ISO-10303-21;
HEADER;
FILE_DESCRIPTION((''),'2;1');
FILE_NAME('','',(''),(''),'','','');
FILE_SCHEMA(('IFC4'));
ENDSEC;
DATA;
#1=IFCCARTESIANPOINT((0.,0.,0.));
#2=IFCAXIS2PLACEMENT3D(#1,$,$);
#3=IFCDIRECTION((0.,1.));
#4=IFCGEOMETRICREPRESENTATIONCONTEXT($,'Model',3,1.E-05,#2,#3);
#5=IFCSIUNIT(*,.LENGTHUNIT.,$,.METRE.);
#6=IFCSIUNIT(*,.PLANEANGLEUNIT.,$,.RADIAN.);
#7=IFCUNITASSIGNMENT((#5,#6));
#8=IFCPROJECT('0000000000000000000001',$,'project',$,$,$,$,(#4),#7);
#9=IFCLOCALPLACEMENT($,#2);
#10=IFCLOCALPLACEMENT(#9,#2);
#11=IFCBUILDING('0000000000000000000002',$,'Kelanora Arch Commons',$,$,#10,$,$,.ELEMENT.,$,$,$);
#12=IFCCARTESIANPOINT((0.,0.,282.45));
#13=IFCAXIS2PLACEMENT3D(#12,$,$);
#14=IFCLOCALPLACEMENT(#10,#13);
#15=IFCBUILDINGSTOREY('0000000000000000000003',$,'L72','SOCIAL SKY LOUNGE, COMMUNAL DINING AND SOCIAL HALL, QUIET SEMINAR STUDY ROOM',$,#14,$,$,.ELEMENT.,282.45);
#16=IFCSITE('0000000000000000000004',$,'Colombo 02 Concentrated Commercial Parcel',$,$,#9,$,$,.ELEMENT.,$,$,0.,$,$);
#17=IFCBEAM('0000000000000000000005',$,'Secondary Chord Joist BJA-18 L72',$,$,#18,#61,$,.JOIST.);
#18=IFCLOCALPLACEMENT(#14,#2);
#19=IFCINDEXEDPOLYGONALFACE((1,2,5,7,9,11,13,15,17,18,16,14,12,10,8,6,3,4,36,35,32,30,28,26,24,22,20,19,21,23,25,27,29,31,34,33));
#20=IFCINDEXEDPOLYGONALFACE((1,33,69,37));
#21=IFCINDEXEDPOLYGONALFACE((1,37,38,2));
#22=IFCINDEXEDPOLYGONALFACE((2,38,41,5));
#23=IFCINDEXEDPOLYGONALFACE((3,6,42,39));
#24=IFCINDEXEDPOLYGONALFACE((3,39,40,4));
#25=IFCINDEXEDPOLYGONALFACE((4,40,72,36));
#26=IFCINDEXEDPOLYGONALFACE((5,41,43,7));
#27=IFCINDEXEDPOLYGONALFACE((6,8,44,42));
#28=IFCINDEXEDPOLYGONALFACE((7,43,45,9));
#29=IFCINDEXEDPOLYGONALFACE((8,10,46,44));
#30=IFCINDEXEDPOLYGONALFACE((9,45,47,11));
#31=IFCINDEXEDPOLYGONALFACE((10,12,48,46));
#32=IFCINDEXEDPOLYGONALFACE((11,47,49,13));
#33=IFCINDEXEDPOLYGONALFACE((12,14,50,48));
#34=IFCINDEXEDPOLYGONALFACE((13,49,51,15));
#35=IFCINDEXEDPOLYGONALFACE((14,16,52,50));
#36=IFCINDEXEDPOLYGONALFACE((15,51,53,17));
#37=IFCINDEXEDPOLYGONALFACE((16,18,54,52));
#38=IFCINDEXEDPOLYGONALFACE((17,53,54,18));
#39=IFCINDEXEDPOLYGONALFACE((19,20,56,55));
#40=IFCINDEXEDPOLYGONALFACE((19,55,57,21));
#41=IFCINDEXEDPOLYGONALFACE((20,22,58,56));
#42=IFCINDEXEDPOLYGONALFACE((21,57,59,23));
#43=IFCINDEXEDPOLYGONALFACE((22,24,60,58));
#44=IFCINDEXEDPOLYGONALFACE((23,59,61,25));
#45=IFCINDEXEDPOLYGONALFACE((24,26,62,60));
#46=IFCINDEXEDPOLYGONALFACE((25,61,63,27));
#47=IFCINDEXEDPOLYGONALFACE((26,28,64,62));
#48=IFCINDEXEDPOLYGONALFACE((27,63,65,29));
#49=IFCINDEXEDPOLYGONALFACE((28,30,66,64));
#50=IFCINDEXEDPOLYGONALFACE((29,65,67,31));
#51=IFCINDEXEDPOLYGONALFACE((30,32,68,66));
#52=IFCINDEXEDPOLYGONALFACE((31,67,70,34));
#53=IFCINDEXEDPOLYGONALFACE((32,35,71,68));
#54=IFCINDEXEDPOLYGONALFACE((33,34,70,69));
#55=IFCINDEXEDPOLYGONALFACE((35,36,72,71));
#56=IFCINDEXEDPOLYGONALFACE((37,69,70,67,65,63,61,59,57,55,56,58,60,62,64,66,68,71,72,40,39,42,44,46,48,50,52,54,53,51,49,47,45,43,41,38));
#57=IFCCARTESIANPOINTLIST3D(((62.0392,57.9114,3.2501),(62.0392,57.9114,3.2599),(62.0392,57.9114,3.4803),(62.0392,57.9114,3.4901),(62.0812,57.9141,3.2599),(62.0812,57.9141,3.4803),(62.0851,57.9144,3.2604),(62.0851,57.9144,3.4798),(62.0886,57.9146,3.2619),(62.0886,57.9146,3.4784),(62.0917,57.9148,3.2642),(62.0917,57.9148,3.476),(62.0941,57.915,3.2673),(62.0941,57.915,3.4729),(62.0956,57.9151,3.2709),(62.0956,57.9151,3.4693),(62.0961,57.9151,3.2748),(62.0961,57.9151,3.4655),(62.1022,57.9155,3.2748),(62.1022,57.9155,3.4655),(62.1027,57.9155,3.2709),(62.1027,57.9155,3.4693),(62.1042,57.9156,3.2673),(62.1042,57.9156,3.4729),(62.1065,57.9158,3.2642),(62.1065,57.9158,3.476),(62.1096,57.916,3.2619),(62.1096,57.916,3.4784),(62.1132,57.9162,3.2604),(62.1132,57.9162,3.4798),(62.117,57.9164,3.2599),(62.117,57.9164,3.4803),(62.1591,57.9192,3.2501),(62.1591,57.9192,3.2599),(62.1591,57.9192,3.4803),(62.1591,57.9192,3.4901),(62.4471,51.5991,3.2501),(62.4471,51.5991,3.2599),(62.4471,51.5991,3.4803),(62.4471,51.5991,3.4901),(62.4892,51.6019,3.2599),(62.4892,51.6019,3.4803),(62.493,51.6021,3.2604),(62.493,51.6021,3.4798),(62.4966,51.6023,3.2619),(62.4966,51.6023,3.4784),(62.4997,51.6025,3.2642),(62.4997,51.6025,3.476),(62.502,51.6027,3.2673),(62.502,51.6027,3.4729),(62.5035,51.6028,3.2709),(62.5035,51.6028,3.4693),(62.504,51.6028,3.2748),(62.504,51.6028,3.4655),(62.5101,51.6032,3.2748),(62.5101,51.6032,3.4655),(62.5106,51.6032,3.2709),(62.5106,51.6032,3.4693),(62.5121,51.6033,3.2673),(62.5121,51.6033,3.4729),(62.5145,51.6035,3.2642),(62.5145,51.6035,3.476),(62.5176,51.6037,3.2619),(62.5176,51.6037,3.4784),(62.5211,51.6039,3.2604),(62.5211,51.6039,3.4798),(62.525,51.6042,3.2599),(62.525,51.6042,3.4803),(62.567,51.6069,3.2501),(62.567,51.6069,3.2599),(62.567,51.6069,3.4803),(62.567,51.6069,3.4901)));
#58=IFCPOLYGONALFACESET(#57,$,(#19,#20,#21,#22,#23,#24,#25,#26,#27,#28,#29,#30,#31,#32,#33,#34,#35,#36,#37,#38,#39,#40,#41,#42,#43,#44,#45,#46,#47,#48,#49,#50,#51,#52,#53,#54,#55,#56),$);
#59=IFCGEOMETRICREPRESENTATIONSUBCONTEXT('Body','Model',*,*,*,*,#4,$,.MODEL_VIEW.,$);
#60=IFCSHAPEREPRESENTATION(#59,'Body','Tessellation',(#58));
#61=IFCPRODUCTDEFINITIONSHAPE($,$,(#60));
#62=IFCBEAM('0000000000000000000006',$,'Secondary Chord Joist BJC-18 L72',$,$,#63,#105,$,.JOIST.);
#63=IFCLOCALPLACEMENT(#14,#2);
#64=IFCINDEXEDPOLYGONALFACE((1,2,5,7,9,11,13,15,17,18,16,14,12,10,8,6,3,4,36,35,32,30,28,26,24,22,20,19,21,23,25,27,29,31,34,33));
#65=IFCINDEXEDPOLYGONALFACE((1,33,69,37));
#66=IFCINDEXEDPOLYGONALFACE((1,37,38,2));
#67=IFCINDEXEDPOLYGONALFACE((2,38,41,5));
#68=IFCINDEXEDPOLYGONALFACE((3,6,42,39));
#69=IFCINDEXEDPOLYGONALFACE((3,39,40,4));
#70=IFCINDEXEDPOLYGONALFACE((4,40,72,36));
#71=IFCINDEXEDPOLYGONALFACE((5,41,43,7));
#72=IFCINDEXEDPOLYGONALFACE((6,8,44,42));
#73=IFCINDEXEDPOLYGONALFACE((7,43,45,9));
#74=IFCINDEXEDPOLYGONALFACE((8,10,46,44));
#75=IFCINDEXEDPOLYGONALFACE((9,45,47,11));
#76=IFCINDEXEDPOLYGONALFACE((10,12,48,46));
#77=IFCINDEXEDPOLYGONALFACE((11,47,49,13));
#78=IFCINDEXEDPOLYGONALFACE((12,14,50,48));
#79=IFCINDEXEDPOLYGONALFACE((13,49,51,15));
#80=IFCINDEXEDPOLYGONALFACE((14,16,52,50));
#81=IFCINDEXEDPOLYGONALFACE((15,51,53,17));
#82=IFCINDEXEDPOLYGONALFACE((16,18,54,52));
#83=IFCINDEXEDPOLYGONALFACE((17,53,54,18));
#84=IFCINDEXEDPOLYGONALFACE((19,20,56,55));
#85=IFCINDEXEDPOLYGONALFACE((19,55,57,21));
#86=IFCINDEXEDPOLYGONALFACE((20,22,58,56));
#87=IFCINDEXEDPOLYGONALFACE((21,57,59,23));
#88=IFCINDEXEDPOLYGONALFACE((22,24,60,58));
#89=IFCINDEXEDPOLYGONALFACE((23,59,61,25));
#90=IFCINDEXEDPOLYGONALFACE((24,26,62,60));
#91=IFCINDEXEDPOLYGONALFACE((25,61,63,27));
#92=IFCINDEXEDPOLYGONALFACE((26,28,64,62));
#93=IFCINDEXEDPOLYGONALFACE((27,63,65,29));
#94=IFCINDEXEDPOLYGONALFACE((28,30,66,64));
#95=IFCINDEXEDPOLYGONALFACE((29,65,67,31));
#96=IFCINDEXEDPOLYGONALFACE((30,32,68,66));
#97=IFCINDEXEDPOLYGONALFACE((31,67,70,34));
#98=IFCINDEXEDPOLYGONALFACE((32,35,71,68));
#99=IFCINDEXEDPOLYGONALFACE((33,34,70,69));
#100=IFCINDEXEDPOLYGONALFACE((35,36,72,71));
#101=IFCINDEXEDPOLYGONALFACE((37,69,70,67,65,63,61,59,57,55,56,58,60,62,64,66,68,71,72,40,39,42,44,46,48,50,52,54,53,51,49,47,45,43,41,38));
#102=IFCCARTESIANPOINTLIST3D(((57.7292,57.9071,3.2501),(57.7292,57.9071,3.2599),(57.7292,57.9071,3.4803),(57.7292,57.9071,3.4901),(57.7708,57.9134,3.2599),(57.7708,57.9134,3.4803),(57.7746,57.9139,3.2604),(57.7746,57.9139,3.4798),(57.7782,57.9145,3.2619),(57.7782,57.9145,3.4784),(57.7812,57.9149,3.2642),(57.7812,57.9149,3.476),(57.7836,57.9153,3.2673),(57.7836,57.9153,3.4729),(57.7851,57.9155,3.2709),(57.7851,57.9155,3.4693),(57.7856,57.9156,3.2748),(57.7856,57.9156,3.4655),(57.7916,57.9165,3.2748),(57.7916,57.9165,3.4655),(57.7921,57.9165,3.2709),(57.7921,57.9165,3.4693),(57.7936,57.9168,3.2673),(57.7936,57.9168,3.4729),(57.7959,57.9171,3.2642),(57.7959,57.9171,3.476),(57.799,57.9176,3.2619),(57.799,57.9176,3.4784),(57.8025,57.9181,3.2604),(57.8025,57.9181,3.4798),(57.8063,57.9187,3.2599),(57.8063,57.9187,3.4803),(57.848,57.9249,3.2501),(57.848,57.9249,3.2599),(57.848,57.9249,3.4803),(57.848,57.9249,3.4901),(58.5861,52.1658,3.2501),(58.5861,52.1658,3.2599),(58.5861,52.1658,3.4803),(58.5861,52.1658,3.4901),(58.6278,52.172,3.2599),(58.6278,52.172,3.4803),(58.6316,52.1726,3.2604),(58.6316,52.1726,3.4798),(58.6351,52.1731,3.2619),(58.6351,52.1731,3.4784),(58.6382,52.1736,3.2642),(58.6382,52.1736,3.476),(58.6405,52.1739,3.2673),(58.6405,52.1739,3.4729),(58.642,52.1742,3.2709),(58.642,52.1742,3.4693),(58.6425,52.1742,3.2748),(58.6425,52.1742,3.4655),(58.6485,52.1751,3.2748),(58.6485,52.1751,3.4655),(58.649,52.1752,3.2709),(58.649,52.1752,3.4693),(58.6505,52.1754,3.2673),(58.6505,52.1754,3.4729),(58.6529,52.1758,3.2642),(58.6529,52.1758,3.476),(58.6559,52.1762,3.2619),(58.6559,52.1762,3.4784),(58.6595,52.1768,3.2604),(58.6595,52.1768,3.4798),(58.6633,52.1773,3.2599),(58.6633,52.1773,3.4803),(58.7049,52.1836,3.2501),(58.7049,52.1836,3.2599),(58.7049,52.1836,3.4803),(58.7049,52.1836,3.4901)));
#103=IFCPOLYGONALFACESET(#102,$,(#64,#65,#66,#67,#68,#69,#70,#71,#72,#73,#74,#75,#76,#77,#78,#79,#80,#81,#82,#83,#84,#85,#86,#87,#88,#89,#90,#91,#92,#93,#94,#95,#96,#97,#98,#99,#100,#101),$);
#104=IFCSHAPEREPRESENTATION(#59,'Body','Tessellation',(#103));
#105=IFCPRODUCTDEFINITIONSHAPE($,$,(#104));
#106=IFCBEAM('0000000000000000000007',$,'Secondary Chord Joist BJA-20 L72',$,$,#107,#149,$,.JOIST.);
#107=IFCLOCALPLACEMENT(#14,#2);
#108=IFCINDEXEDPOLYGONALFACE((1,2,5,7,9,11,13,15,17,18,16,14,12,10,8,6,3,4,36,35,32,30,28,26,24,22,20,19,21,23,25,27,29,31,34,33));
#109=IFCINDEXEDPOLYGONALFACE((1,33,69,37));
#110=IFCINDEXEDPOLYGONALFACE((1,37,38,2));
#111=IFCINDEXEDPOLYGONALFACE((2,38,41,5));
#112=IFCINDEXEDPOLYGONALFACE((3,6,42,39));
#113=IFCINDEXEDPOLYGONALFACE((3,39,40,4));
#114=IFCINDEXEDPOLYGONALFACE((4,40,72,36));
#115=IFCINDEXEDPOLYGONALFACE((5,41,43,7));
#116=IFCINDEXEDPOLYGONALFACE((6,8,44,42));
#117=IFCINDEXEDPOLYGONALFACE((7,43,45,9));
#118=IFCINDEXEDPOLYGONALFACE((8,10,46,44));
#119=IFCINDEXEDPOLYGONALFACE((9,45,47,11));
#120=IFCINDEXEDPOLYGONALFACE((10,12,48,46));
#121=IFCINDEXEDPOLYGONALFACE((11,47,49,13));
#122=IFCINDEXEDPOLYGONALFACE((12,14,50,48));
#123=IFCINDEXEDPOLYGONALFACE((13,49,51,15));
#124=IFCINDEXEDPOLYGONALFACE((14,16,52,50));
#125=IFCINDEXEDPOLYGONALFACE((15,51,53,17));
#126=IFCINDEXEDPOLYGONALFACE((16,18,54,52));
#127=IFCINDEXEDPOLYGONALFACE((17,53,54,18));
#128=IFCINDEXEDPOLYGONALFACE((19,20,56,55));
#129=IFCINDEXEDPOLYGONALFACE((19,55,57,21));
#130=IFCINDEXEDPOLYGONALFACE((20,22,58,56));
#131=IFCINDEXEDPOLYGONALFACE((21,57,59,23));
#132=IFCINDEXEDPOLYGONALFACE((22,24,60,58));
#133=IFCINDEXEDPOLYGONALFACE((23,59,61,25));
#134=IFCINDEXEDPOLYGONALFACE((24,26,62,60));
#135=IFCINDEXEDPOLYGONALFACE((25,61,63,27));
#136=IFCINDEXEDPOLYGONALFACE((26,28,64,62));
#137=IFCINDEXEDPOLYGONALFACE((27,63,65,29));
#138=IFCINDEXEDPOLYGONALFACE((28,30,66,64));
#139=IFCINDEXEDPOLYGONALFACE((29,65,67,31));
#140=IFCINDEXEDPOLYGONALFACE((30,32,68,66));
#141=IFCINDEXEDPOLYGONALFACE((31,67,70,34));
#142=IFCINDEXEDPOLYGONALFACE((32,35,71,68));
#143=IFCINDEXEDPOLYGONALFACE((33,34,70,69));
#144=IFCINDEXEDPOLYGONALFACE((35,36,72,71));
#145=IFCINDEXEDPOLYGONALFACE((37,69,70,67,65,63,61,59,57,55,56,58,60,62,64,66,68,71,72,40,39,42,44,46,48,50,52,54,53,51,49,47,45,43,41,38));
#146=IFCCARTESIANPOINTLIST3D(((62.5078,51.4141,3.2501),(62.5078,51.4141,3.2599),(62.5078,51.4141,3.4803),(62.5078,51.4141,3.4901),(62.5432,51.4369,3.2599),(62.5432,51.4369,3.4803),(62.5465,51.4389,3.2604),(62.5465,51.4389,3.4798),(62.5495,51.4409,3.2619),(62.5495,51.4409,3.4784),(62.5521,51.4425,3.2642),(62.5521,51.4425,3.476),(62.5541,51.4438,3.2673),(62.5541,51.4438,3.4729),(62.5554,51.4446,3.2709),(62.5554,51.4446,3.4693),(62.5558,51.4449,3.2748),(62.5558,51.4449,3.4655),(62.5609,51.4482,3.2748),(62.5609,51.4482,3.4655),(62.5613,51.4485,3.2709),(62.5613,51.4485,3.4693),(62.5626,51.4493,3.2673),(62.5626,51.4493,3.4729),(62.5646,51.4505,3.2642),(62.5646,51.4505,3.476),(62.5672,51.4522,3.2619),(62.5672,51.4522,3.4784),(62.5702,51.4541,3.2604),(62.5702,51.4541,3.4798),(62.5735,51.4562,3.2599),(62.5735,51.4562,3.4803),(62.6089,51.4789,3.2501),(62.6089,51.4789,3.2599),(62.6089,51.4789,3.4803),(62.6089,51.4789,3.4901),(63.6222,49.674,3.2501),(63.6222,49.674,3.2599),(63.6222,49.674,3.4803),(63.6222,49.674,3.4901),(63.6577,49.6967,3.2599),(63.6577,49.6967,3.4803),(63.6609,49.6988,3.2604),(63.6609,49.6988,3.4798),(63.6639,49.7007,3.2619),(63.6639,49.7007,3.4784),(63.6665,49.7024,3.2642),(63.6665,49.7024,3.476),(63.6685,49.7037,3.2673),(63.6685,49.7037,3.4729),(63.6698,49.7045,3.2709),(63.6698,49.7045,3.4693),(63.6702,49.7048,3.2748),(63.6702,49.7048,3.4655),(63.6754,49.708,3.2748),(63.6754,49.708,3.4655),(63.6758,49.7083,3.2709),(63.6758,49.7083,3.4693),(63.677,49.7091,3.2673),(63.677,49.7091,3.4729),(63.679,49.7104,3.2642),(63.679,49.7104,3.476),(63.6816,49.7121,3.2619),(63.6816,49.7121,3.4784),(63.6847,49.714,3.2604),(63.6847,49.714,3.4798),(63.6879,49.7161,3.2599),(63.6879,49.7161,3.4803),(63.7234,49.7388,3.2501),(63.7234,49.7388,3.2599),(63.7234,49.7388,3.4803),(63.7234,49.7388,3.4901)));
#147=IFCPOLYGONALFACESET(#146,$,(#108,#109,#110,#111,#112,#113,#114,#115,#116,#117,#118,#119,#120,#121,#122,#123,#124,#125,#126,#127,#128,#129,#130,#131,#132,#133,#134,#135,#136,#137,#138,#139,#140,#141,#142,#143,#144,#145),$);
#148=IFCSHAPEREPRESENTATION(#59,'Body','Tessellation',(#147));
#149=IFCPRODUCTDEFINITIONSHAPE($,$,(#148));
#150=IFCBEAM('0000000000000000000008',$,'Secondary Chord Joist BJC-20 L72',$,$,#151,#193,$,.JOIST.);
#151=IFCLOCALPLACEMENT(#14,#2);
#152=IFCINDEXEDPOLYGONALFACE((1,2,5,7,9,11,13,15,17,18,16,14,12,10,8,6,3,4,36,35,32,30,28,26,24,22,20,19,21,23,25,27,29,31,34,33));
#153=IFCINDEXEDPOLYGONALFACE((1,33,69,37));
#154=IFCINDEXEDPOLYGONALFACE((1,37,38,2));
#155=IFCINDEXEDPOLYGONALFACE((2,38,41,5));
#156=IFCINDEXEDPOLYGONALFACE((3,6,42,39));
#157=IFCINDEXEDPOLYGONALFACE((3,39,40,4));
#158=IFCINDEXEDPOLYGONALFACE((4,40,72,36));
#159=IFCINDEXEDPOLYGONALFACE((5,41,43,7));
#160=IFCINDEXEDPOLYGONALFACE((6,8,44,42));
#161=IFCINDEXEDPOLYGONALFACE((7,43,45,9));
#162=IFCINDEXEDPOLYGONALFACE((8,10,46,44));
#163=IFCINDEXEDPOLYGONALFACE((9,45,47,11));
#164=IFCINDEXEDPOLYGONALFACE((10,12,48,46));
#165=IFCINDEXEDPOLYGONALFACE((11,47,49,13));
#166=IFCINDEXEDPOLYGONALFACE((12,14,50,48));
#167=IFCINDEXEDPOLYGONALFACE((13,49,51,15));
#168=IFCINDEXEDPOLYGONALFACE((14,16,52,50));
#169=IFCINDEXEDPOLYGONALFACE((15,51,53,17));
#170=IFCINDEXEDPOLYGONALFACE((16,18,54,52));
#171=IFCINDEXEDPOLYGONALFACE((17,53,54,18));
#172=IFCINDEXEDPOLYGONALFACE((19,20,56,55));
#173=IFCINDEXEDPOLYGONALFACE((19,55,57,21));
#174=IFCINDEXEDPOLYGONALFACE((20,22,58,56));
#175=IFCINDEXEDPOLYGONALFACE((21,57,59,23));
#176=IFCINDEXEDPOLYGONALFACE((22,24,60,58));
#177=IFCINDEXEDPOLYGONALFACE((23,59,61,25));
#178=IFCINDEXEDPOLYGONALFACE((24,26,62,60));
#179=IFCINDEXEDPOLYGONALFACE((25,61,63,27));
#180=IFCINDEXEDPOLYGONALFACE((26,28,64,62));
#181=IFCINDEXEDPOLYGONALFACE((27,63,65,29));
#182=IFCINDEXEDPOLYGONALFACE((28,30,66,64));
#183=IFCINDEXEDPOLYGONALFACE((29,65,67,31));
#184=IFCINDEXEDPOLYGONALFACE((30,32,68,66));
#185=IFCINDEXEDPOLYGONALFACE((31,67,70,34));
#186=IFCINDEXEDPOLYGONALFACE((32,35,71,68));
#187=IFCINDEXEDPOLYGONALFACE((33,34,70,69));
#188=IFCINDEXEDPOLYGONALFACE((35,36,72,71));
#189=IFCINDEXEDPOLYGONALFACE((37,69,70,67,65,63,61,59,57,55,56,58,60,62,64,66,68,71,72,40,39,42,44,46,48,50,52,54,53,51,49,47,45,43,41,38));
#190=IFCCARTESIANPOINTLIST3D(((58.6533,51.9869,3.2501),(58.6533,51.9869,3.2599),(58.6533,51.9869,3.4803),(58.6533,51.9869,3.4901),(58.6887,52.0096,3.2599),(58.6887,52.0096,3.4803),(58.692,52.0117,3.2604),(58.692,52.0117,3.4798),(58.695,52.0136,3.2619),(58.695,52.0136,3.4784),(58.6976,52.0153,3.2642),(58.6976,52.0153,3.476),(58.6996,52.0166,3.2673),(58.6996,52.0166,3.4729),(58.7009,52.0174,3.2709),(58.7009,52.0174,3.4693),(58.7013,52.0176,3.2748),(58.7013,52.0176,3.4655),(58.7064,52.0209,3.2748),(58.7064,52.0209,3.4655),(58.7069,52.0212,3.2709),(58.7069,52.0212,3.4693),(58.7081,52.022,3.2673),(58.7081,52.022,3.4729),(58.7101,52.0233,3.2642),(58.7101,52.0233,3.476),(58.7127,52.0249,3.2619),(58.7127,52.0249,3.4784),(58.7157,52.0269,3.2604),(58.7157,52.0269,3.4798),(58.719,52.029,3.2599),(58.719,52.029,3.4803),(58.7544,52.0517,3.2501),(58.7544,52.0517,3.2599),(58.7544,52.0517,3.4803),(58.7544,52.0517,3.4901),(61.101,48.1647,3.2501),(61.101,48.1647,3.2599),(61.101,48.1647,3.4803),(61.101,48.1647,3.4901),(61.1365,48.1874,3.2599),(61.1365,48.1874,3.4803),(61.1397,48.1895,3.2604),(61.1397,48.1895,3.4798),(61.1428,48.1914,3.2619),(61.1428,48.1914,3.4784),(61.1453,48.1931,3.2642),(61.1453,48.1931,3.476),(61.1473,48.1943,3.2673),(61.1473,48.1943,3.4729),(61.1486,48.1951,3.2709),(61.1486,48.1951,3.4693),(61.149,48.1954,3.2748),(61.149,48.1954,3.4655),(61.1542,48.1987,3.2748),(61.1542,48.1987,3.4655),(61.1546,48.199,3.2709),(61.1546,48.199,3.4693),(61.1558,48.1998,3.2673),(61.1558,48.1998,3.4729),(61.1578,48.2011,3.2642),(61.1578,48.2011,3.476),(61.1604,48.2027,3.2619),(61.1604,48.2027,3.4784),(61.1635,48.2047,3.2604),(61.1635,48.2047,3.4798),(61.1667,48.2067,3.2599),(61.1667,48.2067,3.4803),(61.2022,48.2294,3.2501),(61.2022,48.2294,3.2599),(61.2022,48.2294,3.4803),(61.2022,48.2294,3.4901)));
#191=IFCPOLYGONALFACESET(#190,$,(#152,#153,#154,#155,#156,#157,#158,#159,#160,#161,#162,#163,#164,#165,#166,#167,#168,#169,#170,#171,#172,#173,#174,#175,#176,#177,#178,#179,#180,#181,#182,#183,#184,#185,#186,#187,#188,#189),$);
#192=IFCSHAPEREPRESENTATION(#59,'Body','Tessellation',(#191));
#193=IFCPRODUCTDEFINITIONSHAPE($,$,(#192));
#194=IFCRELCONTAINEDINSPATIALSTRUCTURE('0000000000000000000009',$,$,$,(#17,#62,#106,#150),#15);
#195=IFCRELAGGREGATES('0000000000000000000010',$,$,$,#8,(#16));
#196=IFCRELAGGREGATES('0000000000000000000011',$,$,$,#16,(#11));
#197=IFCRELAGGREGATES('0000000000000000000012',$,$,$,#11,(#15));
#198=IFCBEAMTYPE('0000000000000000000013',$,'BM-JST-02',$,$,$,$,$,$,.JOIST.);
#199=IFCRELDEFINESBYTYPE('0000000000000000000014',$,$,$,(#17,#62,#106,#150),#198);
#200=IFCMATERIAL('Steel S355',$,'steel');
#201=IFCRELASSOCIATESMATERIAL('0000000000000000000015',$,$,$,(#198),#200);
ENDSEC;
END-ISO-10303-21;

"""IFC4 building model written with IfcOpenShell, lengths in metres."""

from ifc_helpers import new_model, si_unit, direction, frame, origin, origin_2d, place, context, subcontext, project, spatial, i_section, extrude, material, material_profile, profile_set, type_object, element, save


model = new_model("IFC4")

# Units and contexts
model_context = context("Model", 3, precision=1e-05, world=origin(), true_north=direction((0.0, 1.0)))
body_context = subcontext(model_context, "Body", "Model", "MODEL_VIEW")
ifc_project = project(units=[si_unit("LENGTHUNIT", "METRE"), si_unit("PLANEANGLEUNIT", "RADIAN")], contexts=[model_context])

# Site, building, storey
site_placement = place(None, origin())
site = spatial("IfcSite", under=ifc_project, at=site_placement, Name="Colombo 02 Concentrated Commercial Parcel", CompositionType="ELEMENT", RefElevation=0.0)
building_placement = place(site_placement, origin())
building = spatial("IfcBuilding", under=site, at=building_placement, Name="Kelanora Arch Commons", CompositionType="ELEMENT")
storey_placement = place(building_placement, frame((0.0, 0.0, 282.45)))
storey = spatial("IfcBuildingStorey", under=building, at=storey_placement, Name="L72", Description="SOCIAL SKY LOUNGE, COMMUNAL DINING AND SOCIAL HALL, QUIET SEMINAR STUDY ROOM", CompositionType="ELEMENT", Elevation=282.45)

# Beams
ifc_material_1 = material(Name="Steel S355", Category="steel")
ifc_material_profile_1 = material_profile(ifc_material_1, i_section(OverallWidth=0.1201, OverallDepth=0.24, WebThickness=0.0061, FlangeThickness=0.0098, FilletRadius=0.0149, at=origin_2d()), Name="IPE240")
ifc_profile_set_1 = profile_set([ifc_material_profile_1], Name="Steel S355")
beam_type_1 = type_object("IfcBeamType", Name="BM-JST-02", PredefinedType="JOIST", material=ifc_profile_set_1)
beam_1_placement = place(storey_placement, frame((62.0991, 57.9153, 3.3701), z_axis=(0.064495, -0.997918, 0.0), x_axis=(0.997918, 0.064495, 0.0)))
element("IfcBeam", 1, at=beam_1_placement, inside=storey, type_object=beam_type_1, Name="Secondary Chord Joist BJA-18 L72", PredefinedType="JOIST", context=body_context, shape_type="SweptSolid", body=[
    extrude(i_section(OverallWidth=0.1201, OverallDepth=0.24, WebThickness=0.0061, FlangeThickness=0.0098, FilletRadius=0.0149, at=origin_2d()), origin(), (0.0, 0.0, 1.0), 6.3254),
])
beam_2_placement = place(storey_placement, frame((57.7886, 57.916, 3.3701), z_axis=(0.147625, -0.989043, 0.0), x_axis=(0.989043, 0.147625, 0.0)))
element("IfcBeam", 2, at=beam_2_placement, inside=storey, type_object=beam_type_1, Name="Secondary Chord Joist BJC-18 L72", PredefinedType="JOIST", context=body_context, shape_type="SweptSolid", body=[
    extrude(i_section(OverallWidth=0.1201, OverallDepth=0.24, WebThickness=0.0061, FlangeThickness=0.0098, FilletRadius=0.0149, at=origin_2d()), origin(), (0.0, 0.0, 1.0), 5.8049),
])
beam_3_placement = place(storey_placement, frame((62.5583, 51.4465, 3.3701), z_axis=(0.539312, -0.842106, 0.0), x_axis=(0.842106, 0.539312, 0.0)))
element("IfcBeam", 3, at=beam_3_placement, inside=storey, type_object=beam_type_1, Name="Secondary Chord Joist BJA-20 L72", PredefinedType="JOIST", context=body_context, shape_type="SweptSolid", body=[
    extrude(i_section(OverallWidth=0.1201, OverallDepth=0.24, WebThickness=0.0061, FlangeThickness=0.0098, FilletRadius=0.0149, at=origin_2d()), origin(), (0.0, 0.0, 1.0), 2.0664),
])
beam_4_placement = place(storey_placement, frame((58.7039, 52.0193, 3.3701), z_axis=(0.539289, -0.842121, 0.0), x_axis=(0.842121, 0.539289, 0.0)))
element("IfcBeam", 4, at=beam_4_placement, inside=storey, type_object=beam_type_1, Name="Secondary Chord Joist BJC-20 L72", PredefinedType="JOIST", context=body_context, shape_type="SweptSolid", body=[
    extrude(i_section(OverallWidth=0.1201, OverallDepth=0.24, WebThickness=0.0061, FlangeThickness=0.0098, FilletRadius=0.0149, at=origin_2d()), origin(), (0.0, 0.0, 1.0), 4.5388),
])

save(model, "model.ifc")
